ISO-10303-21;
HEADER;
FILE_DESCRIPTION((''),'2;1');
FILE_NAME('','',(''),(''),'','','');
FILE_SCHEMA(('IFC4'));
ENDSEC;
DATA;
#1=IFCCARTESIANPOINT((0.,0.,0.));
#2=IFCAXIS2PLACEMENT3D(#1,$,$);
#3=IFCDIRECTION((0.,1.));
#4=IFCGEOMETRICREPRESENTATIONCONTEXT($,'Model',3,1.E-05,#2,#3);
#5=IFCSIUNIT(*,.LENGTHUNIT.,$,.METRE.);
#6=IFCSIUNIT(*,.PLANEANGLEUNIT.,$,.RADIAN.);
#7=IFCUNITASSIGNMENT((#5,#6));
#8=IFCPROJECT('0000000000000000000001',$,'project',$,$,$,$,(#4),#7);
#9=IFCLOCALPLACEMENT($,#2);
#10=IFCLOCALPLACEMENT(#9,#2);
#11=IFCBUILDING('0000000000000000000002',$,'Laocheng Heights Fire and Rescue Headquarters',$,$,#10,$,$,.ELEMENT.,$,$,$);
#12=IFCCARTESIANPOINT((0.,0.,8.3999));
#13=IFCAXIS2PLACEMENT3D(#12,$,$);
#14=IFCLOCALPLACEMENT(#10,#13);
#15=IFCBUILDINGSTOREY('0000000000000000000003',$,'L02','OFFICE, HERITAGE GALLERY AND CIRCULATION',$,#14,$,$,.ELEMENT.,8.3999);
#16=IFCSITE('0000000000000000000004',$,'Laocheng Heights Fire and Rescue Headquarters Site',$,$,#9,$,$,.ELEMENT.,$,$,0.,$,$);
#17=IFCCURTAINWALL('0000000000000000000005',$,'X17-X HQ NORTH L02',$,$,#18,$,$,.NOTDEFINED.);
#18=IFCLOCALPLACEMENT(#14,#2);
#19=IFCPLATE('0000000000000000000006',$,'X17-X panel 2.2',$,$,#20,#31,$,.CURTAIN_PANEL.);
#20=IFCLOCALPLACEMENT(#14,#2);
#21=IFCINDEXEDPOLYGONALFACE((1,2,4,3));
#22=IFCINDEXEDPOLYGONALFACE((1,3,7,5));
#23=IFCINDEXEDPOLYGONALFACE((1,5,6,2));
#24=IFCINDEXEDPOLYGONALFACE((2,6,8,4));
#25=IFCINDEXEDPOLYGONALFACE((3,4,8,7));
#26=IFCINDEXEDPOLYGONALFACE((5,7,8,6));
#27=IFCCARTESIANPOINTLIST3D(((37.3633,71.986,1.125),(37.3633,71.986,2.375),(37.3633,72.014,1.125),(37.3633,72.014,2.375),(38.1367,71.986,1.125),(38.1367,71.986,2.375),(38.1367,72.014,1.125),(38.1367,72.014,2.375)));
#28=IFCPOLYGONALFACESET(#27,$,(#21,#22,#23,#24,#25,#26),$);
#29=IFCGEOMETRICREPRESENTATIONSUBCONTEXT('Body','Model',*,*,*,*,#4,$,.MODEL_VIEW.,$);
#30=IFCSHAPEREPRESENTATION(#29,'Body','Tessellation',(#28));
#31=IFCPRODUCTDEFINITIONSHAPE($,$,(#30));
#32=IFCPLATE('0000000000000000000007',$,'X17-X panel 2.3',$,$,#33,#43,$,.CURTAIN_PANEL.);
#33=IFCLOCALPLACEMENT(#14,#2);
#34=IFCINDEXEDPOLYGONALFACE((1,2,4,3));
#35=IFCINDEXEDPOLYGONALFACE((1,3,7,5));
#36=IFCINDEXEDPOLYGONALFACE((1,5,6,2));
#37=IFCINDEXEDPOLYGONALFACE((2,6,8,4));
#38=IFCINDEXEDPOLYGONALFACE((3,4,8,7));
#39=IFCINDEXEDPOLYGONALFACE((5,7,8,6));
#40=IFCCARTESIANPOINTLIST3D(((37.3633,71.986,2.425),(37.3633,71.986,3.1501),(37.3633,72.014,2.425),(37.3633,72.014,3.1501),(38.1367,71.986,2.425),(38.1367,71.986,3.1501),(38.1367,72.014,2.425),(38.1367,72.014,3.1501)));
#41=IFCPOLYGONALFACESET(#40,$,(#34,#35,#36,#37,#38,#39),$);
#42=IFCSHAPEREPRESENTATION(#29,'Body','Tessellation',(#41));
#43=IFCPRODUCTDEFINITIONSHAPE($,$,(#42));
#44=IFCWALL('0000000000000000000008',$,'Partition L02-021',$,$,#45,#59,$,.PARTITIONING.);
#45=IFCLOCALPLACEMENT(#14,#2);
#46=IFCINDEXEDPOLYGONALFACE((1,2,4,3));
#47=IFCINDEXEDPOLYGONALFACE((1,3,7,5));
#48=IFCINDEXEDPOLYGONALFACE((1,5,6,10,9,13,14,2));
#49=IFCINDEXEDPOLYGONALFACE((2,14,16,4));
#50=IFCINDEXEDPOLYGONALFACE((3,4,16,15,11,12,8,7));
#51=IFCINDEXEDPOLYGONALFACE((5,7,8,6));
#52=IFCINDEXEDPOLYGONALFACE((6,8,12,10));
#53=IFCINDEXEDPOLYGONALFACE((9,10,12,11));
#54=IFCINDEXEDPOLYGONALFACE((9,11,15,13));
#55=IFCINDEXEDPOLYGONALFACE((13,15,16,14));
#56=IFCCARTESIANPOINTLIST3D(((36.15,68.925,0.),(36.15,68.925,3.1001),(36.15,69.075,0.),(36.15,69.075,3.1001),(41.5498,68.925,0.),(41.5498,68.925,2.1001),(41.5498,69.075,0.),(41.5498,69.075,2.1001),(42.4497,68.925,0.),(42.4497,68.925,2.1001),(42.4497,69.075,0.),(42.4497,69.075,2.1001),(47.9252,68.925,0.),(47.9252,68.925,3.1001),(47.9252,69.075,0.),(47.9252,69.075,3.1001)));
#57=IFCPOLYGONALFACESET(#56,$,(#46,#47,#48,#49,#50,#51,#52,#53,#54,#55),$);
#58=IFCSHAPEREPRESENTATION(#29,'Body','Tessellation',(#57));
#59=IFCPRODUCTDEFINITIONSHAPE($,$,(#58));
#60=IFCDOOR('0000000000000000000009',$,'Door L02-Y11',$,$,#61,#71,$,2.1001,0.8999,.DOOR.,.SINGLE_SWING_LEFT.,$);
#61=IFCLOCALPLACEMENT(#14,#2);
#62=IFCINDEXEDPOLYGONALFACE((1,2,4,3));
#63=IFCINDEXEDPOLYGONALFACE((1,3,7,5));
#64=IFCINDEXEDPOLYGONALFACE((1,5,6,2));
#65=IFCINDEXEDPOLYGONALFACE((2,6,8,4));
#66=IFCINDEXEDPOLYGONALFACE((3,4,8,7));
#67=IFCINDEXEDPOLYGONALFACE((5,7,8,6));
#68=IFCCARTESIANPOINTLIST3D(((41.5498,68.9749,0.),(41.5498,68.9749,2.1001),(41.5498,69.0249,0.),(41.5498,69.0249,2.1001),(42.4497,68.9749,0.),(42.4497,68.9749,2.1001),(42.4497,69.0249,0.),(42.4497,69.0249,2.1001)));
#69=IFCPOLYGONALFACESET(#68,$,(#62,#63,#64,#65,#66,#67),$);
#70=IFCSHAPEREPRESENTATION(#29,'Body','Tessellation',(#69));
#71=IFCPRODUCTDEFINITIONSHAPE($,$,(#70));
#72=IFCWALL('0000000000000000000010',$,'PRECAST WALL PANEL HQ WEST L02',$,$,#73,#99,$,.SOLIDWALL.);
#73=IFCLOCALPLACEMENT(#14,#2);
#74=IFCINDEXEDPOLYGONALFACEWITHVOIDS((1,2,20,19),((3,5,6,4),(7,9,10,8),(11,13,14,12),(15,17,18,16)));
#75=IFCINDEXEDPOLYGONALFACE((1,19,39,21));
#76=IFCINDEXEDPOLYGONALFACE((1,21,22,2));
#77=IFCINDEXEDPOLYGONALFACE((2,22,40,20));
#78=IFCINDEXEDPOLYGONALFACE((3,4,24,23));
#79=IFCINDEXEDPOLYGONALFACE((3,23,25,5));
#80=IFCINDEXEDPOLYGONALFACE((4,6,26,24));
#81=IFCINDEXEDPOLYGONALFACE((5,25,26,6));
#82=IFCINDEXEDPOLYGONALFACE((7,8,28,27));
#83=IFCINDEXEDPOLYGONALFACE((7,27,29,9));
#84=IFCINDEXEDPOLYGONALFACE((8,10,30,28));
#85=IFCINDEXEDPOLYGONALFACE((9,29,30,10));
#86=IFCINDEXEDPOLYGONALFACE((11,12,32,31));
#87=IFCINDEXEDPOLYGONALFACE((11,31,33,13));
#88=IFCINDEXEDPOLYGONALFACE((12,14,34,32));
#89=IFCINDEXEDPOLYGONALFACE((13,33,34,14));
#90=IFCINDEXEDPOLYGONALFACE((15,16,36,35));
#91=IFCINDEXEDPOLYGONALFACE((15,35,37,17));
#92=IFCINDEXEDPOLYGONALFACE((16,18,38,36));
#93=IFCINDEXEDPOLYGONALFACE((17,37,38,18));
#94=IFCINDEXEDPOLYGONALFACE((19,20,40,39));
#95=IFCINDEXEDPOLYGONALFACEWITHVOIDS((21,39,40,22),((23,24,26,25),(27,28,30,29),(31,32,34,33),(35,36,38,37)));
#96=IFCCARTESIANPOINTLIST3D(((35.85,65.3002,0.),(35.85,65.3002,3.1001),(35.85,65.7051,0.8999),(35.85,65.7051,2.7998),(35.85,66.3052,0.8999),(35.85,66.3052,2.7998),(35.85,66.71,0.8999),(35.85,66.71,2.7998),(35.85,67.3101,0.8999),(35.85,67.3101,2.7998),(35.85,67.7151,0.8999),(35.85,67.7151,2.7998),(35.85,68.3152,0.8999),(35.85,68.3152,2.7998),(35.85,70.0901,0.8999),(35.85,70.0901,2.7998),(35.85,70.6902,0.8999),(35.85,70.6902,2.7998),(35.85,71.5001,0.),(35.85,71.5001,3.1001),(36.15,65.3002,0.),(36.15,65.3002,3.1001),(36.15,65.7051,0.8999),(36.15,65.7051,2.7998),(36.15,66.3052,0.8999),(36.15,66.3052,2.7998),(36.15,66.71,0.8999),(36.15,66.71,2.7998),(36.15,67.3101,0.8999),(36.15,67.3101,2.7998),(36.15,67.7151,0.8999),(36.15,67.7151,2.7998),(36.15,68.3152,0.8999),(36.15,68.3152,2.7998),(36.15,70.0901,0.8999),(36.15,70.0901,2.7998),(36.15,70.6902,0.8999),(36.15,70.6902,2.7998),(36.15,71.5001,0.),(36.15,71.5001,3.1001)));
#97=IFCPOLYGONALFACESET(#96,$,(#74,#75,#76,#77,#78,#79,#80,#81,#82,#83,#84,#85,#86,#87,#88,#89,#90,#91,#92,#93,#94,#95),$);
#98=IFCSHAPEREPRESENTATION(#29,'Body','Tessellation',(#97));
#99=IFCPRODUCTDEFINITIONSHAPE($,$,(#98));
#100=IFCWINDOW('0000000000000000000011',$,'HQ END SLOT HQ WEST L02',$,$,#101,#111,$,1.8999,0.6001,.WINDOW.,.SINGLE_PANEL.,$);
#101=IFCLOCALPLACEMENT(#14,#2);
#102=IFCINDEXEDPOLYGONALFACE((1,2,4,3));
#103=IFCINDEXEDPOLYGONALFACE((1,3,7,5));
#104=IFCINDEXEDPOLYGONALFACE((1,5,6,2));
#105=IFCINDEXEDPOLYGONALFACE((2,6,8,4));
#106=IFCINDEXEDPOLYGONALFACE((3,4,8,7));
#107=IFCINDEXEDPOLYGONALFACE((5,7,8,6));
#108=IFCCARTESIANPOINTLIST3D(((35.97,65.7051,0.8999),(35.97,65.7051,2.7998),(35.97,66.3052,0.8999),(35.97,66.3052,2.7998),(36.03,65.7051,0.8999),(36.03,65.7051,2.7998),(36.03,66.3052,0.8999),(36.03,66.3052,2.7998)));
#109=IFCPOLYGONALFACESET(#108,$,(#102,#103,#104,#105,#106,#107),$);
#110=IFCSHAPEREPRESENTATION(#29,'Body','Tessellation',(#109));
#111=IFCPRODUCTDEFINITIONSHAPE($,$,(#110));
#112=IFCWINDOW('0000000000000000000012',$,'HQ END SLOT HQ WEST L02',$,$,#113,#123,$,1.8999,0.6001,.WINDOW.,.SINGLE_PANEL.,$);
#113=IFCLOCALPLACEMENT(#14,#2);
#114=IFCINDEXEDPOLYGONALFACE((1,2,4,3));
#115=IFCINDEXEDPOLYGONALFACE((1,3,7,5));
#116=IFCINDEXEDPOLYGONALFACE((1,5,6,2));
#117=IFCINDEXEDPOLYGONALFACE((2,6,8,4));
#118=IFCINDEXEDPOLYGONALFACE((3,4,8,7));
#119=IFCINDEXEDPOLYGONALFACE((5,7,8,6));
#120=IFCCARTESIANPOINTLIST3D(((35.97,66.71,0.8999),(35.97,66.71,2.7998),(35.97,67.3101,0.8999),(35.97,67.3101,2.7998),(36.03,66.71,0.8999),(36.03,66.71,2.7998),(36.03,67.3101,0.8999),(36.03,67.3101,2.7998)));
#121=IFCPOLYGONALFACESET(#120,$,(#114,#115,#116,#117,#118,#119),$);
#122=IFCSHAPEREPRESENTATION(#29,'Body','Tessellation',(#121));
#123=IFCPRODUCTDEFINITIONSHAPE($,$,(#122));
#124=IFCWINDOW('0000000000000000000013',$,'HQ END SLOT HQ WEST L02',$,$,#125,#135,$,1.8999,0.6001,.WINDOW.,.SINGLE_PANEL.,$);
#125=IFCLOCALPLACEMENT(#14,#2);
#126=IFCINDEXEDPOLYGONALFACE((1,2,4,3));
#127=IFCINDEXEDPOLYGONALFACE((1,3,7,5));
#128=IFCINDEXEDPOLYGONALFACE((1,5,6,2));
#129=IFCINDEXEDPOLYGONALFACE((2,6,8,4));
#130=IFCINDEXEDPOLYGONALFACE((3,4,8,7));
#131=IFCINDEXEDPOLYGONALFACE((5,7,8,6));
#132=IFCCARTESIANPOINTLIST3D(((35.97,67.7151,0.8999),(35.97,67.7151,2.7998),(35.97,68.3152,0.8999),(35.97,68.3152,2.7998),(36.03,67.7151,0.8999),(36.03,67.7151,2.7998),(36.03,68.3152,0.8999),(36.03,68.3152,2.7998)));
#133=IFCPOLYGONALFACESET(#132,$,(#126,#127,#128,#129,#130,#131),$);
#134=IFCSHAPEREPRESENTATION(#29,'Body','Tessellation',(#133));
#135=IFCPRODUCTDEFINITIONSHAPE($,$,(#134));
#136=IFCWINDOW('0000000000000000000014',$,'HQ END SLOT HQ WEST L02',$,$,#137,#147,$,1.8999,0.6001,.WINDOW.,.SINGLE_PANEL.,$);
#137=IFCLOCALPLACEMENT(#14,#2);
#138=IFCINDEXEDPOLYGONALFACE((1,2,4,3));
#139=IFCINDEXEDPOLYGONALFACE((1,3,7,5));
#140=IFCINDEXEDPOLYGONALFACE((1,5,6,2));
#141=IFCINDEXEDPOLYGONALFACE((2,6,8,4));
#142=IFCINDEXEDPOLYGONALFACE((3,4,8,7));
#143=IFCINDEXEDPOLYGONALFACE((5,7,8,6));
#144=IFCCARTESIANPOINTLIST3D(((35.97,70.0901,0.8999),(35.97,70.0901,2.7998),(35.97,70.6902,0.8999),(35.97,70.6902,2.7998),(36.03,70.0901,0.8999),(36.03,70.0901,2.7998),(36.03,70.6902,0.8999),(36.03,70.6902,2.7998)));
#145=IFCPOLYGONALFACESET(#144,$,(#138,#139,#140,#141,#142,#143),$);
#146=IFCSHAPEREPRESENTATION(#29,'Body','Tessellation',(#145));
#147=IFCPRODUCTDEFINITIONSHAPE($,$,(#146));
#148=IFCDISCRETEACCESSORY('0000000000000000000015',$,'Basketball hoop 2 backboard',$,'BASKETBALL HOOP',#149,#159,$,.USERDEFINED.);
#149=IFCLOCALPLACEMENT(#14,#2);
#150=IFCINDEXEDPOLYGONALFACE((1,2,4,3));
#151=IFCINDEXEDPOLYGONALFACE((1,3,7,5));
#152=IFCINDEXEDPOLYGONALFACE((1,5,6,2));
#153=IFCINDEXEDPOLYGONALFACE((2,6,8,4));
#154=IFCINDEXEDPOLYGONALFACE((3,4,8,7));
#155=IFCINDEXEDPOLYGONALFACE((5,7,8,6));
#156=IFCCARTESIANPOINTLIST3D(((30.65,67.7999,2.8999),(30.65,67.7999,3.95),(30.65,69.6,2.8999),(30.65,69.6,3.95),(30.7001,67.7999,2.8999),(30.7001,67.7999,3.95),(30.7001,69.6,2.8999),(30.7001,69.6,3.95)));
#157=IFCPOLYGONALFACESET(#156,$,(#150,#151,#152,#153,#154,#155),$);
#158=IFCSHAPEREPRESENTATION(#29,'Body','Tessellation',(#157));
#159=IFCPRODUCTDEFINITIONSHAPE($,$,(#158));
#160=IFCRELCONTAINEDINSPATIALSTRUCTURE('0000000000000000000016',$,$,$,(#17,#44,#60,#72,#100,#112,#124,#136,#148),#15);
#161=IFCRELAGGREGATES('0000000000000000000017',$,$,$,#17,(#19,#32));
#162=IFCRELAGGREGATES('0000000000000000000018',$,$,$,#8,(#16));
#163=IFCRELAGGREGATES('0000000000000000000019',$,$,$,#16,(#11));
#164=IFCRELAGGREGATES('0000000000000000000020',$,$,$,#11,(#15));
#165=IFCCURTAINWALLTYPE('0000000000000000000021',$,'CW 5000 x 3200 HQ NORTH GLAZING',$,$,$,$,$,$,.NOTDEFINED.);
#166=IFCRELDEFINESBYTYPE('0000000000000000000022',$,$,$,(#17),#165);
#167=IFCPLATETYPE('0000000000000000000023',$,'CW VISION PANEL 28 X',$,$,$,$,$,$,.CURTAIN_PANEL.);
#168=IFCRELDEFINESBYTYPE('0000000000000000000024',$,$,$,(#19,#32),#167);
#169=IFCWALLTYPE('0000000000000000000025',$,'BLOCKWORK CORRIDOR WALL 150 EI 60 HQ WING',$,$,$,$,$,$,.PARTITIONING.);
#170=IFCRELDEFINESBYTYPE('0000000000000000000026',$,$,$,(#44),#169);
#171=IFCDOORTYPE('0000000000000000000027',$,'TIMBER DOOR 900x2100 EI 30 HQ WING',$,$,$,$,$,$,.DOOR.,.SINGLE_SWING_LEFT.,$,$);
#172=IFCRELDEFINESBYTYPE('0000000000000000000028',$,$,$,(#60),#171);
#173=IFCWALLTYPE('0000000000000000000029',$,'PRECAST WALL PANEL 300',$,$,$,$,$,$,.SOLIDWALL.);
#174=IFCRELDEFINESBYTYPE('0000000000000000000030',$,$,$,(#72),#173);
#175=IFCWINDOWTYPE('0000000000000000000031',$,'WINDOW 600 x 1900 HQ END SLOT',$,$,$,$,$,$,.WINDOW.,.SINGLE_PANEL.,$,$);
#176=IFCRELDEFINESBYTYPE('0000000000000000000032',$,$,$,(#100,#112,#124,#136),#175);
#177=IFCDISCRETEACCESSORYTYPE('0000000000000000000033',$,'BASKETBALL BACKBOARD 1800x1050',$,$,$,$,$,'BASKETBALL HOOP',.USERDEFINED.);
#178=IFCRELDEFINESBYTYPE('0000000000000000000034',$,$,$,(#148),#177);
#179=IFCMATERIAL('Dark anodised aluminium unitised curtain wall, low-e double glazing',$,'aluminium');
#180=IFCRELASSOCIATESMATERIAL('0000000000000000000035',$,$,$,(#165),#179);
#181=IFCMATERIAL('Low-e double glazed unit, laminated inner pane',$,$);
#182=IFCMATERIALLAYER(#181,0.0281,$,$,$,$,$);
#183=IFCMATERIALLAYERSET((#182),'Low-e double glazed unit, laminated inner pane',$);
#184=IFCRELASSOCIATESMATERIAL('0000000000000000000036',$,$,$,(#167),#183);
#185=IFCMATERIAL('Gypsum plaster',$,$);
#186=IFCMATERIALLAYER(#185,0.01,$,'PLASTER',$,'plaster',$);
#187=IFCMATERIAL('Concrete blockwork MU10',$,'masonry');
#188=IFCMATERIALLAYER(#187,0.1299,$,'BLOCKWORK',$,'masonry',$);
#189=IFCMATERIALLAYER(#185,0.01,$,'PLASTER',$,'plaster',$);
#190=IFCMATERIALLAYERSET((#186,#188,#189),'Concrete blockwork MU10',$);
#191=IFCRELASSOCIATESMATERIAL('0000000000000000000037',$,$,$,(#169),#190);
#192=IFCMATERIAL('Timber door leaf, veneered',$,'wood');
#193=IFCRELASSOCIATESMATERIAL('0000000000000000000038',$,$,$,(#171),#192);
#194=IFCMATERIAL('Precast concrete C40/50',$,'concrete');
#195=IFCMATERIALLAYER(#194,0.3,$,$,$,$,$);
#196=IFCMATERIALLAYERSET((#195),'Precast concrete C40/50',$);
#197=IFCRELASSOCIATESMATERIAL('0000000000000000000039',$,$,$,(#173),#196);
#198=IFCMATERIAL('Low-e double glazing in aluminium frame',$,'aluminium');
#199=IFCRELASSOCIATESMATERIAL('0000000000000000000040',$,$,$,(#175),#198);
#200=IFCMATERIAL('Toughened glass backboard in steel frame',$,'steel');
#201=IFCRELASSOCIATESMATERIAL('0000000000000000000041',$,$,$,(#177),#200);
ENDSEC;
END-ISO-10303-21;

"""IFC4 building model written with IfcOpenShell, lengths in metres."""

from ifc_helpers import new_model, si_unit, direction, frame, frame_2d, origin, origin_2d, place, context, subcontext, project, spatial, rectangle, extrude, material, layer, layer_set, type_object, element, fill, aggregate, save


model = new_model("IFC4")

# Units and contexts
model_context = context("Model", 3, precision=1e-05, world=origin(), true_north=direction((0.0, 1.0)))
body_context = subcontext(model_context, "Body", "Model", "MODEL_VIEW")
ifc_project = project(units=[si_unit("LENGTHUNIT", "METRE"), si_unit("PLANEANGLEUNIT", "RADIAN")], contexts=[model_context])

# Site, building, storey
site_placement = place(None, origin())
site = spatial("IfcSite", under=ifc_project, at=site_placement, Name="Laocheng Heights Fire and Rescue Headquarters Site", CompositionType="ELEMENT", RefElevation=0.0)
building_placement = place(site_placement, origin())
building = spatial("IfcBuilding", under=site, at=building_placement, Name="Laocheng Heights Fire and Rescue Headquarters", CompositionType="ELEMENT")
storey_placement = place(building_placement, frame((0.0, 0.0, 8.3999)))
storey = spatial("IfcBuildingStorey", under=building, at=storey_placement, Name="L02", Description="OFFICE, HERITAGE GALLERY AND CIRCULATION", CompositionType="ELEMENT", Elevation=8.3999)

# Curtain wall
ifc_material_1 = material(Name="Dark anodised aluminium unitised curtain wall, low-e double glazing", Category="aluminium")
curtain_wall_type = type_object("IfcCurtainWallType", Name="CW 5000 x 3200 HQ NORTH GLAZING", PredefinedType="NOTDEFINED", material=ifc_material_1)
curtain_wall_placement = place(storey_placement, origin())
curtain_wall = element("IfcCurtainWall", 1, at=curtain_wall_placement, inside=storey, type_object=curtain_wall_type, Name="X17-X HQ NORTH L02", PredefinedType="NOTDEFINED")

# Plates
ifc_material_2 = material(Name="Low-e double glazed unit, laminated inner pane")
ifc_layer_1 = layer(ifc_material_2, 0.0281)
ifc_layer_set_1 = layer_set([ifc_layer_1], Name="Low-e double glazed unit, laminated inner pane")
plate_type_1 = type_object("IfcPlateType", Name="CW VISION PANEL 28 X", PredefinedType="CURTAIN_PANEL", material=ifc_layer_set_1)
plate_1_placement = place(storey_placement, frame((37.75, 72.0, 1.125), z_axis=(0.0, 0.0, 1.0), x_axis=(1.0, 0.0, 0.0)))
plate_1 = element("IfcPlate", 2, at=plate_1_placement, type_object=plate_type_1, Name="X17-X panel 2.2", PredefinedType="CURTAIN_PANEL", context=body_context, shape_type="SweptSolid", body=[
    extrude(rectangle(XDim=0.7734, YDim=0.0281, at=origin_2d()), origin(), (0.0, 0.0, 1.0), 1.25),
])
plate_2_placement = place(storey_placement, frame((37.75, 72.0, 2.425), z_axis=(0.0, 0.0, 1.0), x_axis=(1.0, 0.0, 0.0)))
plate_2 = element("IfcPlate", 3, at=plate_2_placement, type_object=plate_type_1, Name="X17-X panel 2.3", PredefinedType="CURTAIN_PANEL", context=body_context, shape_type="SweptSolid", body=[
    extrude(rectangle(XDim=0.7734, YDim=0.0281, at=origin_2d()), origin(), (0.0, 0.0, 1.0), 0.7251),
])
aggregate(curtain_wall, [plate_1, plate_2])

# Wall, opening, door
ifc_material_3 = material(Name="Gypsum plaster")
ifc_layer_2 = layer(ifc_material_3, 0.01, Name="PLASTER", Category="plaster")
ifc_material_4 = material(Name="Concrete blockwork MU10", Category="masonry")
ifc_layer_3 = layer(ifc_material_4, 0.1299, Name="BLOCKWORK", Category="masonry")
ifc_layer_4 = layer(ifc_material_3, 0.01, Name="PLASTER", Category="plaster")
ifc_layer_set_2 = layer_set([ifc_layer_2, ifc_layer_3, ifc_layer_4], Name="Concrete blockwork MU10")
wall_type_1 = type_object("IfcWallType", Name="BLOCKWORK CORRIDOR WALL 150 EI 60 HQ WING", PredefinedType="PARTITIONING", material=ifc_layer_set_2)
wall_1_placement = place(storey_placement, frame((36.1499, 69.0, 0.0), z_axis=(0.0, 0.0, 1.0), x_axis=(1.0, 0.0, 0.0)))
wall_1 = element("IfcWall", 4, at=wall_1_placement, inside=storey, type_object=wall_type_1, Name="Partition L02-021", PredefinedType="PARTITIONING", context=body_context, shape_type="SweptSolid", body=[
    extrude(rectangle(XDim=11.7751, YDim=0.1499, at=frame_2d((5.8877, 0.0))), origin(), (0.0, 0.0, 1.0), 3.1001),
])
opening_1_placement = place(wall_1_placement, frame((5.3999, 0.0, 0.0)))
opening_1 = element("IfcOpeningElement", 5, at=opening_1_placement, cuts=wall_1, PredefinedType="OPENING", context=body_context, shape_type="SweptSolid", body=[
    extrude(rectangle(XDim=0.8999, YDim=2.1001, at=frame_2d((0.45, 1.05))), frame((0.0, 0.085, 0.0), z_axis=(0.0, -1.0, 0.0), x_axis=(1.0, 0.0, 0.0)), (0.0, 0.0, 1.0), 0.1699),
])
ifc_material_5 = material(Name="Timber door leaf, veneered", Category="wood")
door_type = type_object("IfcDoorType", Name="TIMBER DOOR 900x2100 EI 30 HQ WING", OperationType="SINGLE_SWING_LEFT", PredefinedType="DOOR", material=ifc_material_5)
door_placement = place(opening_1_placement, origin())
door = element("IfcDoor", 6, at=door_placement, inside=storey, type_object=door_type, Name="Door L02-Y11", OperationType="SINGLE_SWING_LEFT", OverallHeight=2.1001, OverallWidth=0.8999, PredefinedType="DOOR", context=body_context, shape_type="SweptSolid", body=[
    extrude(rectangle(XDim=0.8999, YDim=2.1001, at=frame_2d((0.45, 1.05))), frame((0.0, 0.0249, 0.0), z_axis=(0.0, -1.0, 0.0), x_axis=(1.0, 0.0, 0.0)), (0.0, 0.0, 1.0), 0.05),
])
fill(opening_1, door)

# Wall, openings, windows
ifc_material_6 = material(Name="Precast concrete C40/50", Category="concrete")
ifc_layer_5 = layer(ifc_material_6, 0.3)
ifc_layer_set_3 = layer_set([ifc_layer_5], Name="Precast concrete C40/50")
wall_type_2 = type_object("IfcWallType", Name="PRECAST WALL PANEL 300", PredefinedType="SOLIDWALL", material=ifc_layer_set_3)
wall_2_placement = place(storey_placement, frame((36.0, 65.3, 0.0), z_axis=(0.0, 0.0, 1.0), x_axis=(0.0, 1.0, 0.0)))
wall_2 = element("IfcWall", 7, at=wall_2_placement, inside=storey, type_object=wall_type_2, Name="PRECAST WALL PANEL HQ WEST L02", PredefinedType="SOLIDWALL", context=body_context, shape_type="SweptSolid", body=[
    extrude(rectangle(XDim=6.2, YDim=0.3, at=frame_2d((3.1001, 0.0))), origin(), (0.0, 0.0, 1.0), 3.1001),
])
opening_2_placement = place(wall_2_placement, frame((0.405, 0.0, 0.8999)))
opening_2 = element("IfcOpeningElement", 8, at=opening_2_placement, cuts=wall_2, PredefinedType="OPENING", context=body_context, shape_type="SweptSolid", body=[
    extrude(rectangle(XDim=0.6001, YDim=1.8999, at=frame_2d((0.3, 0.95))), frame((0.0, 0.1599, 0.0), z_axis=(0.0, -1.0, 0.0), x_axis=(1.0, 0.0, 0.0)), (0.0, 0.0, 1.0), 0.3201),
])
opening_3_placement = place(wall_2_placement, frame((1.4099, 0.0, 0.8999)))
opening_3 = element("IfcOpeningElement", 9, at=opening_3_placement, cuts=wall_2, PredefinedType="OPENING", context=body_context, shape_type="SweptSolid", body=[
    extrude(rectangle(XDim=0.6001, YDim=1.8999, at=frame_2d((0.3, 0.95))), frame((0.0, 0.1599, 0.0), z_axis=(0.0, -1.0, 0.0), x_axis=(1.0, 0.0, 0.0)), (0.0, 0.0, 1.0), 0.3201),
])
opening_4_placement = place(wall_2_placement, frame((2.415, 0.0, 0.8999)))
opening_4 = element("IfcOpeningElement", 10, at=opening_4_placement, cuts=wall_2, PredefinedType="OPENING", context=body_context, shape_type="SweptSolid", body=[
    extrude(rectangle(XDim=0.6001, YDim=1.8999, at=frame_2d((0.3, 0.95))), frame((0.0, 0.1599, 0.0), z_axis=(0.0, -1.0, 0.0), x_axis=(1.0, 0.0, 0.0)), (0.0, 0.0, 1.0), 0.3201),
])
opening_5_placement = place(wall_2_placement, frame((4.79, 0.0, 0.8999)))
opening_5 = element("IfcOpeningElement", 11, at=opening_5_placement, cuts=wall_2, PredefinedType="OPENING", context=body_context, shape_type="SweptSolid", body=[
    extrude(rectangle(XDim=0.6001, YDim=1.8999, at=frame_2d((0.3, 0.95))), frame((0.0, 0.1599, 0.0), z_axis=(0.0, -1.0, 0.0), x_axis=(1.0, 0.0, 0.0)), (0.0, 0.0, 1.0), 0.3201),
])
ifc_material_7 = material(Name="Low-e double glazing in aluminium frame", Category="aluminium")
window_type = type_object("IfcWindowType", Name="WINDOW 600 x 1900 HQ END SLOT", PartitioningType="SINGLE_PANEL", PredefinedType="WINDOW", material=ifc_material_7)
window_1_placement = place(opening_2_placement, origin())
window_1 = element("IfcWindow", 12, at=window_1_placement, inside=storey, type_object=window_type, Name="HQ END SLOT HQ WEST L02", OverallHeight=1.8999, OverallWidth=0.6001, PartitioningType="SINGLE_PANEL", PredefinedType="WINDOW", context=body_context, shape_type="SweptSolid", body=[
    extrude(rectangle(XDim=0.6001, YDim=1.8999, at=frame_2d((0.3, 0.95))), frame((0.0, 0.03, 0.0), z_axis=(0.0, -1.0, 0.0), x_axis=(1.0, 0.0, 0.0)), (0.0, 0.0, 1.0), 0.0601),
])
fill(opening_2, window_1)
window_2_placement = place(opening_3_placement, origin())
window_2 = element("IfcWindow", 13, at=window_2_placement, inside=storey, type_object=window_type, Name="HQ END SLOT HQ WEST L02", OverallHeight=1.8999, OverallWidth=0.6001, PartitioningType="SINGLE_PANEL", PredefinedType="WINDOW", context=body_context, shape_type="SweptSolid", body=[
    extrude(rectangle(XDim=0.6001, YDim=1.8999, at=frame_2d((0.3, 0.95))), frame((0.0, 0.03, 0.0), z_axis=(0.0, -1.0, 0.0), x_axis=(1.0, 0.0, 0.0)), (0.0, 0.0, 1.0), 0.0601),
])
fill(opening_3, window_2)
window_3_placement = place(opening_4_placement, origin())
window_3 = element("IfcWindow", 14, at=window_3_placement, inside=storey, type_object=window_type, Name="HQ END SLOT HQ WEST L02", OverallHeight=1.8999, OverallWidth=0.6001, PartitioningType="SINGLE_PANEL", PredefinedType="WINDOW", context=body_context, shape_type="SweptSolid", body=[
    extrude(rectangle(XDim=0.6001, YDim=1.8999, at=frame_2d((0.3, 0.95))), frame((0.0, 0.03, 0.0), z_axis=(0.0, -1.0, 0.0), x_axis=(1.0, 0.0, 0.0)), (0.0, 0.0, 1.0), 0.0601),
])
fill(opening_4, window_3)
window_4_placement = place(opening_5_placement, origin())
window_4 = element("IfcWindow", 15, at=window_4_placement, inside=storey, type_object=window_type, Name="HQ END SLOT HQ WEST L02", OverallHeight=1.8999, OverallWidth=0.6001, PartitioningType="SINGLE_PANEL", PredefinedType="WINDOW", context=body_context, shape_type="SweptSolid", body=[
    extrude(rectangle(XDim=0.6001, YDim=1.8999, at=frame_2d((0.3, 0.95))), frame((0.0, 0.03, 0.0), z_axis=(0.0, -1.0, 0.0), x_axis=(1.0, 0.0, 0.0)), (0.0, 0.0, 1.0), 0.0601),
])
fill(opening_5, window_4)

# Discrete accessory
ifc_material_8 = material(Name="Toughened glass backboard in steel frame", Category="steel")
discrete_accessory_type_1 = type_object("IfcDiscreteAccessoryType", Name="BASKETBALL BACKBOARD 1800x1050", ElementType="BASKETBALL HOOP", PredefinedType="USERDEFINED", material=ifc_material_8)
discrete_accessory_1_placement = place(storey_placement, frame((30.675, 68.7, 2.8999), z_axis=(0.0, 0.0, 1.0), x_axis=(1.0, 0.0, 0.0)))
element("IfcDiscreteAccessory", 16, at=discrete_accessory_1_placement, inside=storey, type_object=discrete_accessory_type_1, Name="Basketball hoop 2 backboard", ObjectType="BASKETBALL HOOP", PredefinedType="USERDEFINED", context=body_context, shape_type="SweptSolid", body=[
    extrude(rectangle(XDim=0.05, YDim=1.8, at=origin_2d()), origin(), (0.0, 0.0, 1.0), 1.05),
])

save(model, "model.ifc")
